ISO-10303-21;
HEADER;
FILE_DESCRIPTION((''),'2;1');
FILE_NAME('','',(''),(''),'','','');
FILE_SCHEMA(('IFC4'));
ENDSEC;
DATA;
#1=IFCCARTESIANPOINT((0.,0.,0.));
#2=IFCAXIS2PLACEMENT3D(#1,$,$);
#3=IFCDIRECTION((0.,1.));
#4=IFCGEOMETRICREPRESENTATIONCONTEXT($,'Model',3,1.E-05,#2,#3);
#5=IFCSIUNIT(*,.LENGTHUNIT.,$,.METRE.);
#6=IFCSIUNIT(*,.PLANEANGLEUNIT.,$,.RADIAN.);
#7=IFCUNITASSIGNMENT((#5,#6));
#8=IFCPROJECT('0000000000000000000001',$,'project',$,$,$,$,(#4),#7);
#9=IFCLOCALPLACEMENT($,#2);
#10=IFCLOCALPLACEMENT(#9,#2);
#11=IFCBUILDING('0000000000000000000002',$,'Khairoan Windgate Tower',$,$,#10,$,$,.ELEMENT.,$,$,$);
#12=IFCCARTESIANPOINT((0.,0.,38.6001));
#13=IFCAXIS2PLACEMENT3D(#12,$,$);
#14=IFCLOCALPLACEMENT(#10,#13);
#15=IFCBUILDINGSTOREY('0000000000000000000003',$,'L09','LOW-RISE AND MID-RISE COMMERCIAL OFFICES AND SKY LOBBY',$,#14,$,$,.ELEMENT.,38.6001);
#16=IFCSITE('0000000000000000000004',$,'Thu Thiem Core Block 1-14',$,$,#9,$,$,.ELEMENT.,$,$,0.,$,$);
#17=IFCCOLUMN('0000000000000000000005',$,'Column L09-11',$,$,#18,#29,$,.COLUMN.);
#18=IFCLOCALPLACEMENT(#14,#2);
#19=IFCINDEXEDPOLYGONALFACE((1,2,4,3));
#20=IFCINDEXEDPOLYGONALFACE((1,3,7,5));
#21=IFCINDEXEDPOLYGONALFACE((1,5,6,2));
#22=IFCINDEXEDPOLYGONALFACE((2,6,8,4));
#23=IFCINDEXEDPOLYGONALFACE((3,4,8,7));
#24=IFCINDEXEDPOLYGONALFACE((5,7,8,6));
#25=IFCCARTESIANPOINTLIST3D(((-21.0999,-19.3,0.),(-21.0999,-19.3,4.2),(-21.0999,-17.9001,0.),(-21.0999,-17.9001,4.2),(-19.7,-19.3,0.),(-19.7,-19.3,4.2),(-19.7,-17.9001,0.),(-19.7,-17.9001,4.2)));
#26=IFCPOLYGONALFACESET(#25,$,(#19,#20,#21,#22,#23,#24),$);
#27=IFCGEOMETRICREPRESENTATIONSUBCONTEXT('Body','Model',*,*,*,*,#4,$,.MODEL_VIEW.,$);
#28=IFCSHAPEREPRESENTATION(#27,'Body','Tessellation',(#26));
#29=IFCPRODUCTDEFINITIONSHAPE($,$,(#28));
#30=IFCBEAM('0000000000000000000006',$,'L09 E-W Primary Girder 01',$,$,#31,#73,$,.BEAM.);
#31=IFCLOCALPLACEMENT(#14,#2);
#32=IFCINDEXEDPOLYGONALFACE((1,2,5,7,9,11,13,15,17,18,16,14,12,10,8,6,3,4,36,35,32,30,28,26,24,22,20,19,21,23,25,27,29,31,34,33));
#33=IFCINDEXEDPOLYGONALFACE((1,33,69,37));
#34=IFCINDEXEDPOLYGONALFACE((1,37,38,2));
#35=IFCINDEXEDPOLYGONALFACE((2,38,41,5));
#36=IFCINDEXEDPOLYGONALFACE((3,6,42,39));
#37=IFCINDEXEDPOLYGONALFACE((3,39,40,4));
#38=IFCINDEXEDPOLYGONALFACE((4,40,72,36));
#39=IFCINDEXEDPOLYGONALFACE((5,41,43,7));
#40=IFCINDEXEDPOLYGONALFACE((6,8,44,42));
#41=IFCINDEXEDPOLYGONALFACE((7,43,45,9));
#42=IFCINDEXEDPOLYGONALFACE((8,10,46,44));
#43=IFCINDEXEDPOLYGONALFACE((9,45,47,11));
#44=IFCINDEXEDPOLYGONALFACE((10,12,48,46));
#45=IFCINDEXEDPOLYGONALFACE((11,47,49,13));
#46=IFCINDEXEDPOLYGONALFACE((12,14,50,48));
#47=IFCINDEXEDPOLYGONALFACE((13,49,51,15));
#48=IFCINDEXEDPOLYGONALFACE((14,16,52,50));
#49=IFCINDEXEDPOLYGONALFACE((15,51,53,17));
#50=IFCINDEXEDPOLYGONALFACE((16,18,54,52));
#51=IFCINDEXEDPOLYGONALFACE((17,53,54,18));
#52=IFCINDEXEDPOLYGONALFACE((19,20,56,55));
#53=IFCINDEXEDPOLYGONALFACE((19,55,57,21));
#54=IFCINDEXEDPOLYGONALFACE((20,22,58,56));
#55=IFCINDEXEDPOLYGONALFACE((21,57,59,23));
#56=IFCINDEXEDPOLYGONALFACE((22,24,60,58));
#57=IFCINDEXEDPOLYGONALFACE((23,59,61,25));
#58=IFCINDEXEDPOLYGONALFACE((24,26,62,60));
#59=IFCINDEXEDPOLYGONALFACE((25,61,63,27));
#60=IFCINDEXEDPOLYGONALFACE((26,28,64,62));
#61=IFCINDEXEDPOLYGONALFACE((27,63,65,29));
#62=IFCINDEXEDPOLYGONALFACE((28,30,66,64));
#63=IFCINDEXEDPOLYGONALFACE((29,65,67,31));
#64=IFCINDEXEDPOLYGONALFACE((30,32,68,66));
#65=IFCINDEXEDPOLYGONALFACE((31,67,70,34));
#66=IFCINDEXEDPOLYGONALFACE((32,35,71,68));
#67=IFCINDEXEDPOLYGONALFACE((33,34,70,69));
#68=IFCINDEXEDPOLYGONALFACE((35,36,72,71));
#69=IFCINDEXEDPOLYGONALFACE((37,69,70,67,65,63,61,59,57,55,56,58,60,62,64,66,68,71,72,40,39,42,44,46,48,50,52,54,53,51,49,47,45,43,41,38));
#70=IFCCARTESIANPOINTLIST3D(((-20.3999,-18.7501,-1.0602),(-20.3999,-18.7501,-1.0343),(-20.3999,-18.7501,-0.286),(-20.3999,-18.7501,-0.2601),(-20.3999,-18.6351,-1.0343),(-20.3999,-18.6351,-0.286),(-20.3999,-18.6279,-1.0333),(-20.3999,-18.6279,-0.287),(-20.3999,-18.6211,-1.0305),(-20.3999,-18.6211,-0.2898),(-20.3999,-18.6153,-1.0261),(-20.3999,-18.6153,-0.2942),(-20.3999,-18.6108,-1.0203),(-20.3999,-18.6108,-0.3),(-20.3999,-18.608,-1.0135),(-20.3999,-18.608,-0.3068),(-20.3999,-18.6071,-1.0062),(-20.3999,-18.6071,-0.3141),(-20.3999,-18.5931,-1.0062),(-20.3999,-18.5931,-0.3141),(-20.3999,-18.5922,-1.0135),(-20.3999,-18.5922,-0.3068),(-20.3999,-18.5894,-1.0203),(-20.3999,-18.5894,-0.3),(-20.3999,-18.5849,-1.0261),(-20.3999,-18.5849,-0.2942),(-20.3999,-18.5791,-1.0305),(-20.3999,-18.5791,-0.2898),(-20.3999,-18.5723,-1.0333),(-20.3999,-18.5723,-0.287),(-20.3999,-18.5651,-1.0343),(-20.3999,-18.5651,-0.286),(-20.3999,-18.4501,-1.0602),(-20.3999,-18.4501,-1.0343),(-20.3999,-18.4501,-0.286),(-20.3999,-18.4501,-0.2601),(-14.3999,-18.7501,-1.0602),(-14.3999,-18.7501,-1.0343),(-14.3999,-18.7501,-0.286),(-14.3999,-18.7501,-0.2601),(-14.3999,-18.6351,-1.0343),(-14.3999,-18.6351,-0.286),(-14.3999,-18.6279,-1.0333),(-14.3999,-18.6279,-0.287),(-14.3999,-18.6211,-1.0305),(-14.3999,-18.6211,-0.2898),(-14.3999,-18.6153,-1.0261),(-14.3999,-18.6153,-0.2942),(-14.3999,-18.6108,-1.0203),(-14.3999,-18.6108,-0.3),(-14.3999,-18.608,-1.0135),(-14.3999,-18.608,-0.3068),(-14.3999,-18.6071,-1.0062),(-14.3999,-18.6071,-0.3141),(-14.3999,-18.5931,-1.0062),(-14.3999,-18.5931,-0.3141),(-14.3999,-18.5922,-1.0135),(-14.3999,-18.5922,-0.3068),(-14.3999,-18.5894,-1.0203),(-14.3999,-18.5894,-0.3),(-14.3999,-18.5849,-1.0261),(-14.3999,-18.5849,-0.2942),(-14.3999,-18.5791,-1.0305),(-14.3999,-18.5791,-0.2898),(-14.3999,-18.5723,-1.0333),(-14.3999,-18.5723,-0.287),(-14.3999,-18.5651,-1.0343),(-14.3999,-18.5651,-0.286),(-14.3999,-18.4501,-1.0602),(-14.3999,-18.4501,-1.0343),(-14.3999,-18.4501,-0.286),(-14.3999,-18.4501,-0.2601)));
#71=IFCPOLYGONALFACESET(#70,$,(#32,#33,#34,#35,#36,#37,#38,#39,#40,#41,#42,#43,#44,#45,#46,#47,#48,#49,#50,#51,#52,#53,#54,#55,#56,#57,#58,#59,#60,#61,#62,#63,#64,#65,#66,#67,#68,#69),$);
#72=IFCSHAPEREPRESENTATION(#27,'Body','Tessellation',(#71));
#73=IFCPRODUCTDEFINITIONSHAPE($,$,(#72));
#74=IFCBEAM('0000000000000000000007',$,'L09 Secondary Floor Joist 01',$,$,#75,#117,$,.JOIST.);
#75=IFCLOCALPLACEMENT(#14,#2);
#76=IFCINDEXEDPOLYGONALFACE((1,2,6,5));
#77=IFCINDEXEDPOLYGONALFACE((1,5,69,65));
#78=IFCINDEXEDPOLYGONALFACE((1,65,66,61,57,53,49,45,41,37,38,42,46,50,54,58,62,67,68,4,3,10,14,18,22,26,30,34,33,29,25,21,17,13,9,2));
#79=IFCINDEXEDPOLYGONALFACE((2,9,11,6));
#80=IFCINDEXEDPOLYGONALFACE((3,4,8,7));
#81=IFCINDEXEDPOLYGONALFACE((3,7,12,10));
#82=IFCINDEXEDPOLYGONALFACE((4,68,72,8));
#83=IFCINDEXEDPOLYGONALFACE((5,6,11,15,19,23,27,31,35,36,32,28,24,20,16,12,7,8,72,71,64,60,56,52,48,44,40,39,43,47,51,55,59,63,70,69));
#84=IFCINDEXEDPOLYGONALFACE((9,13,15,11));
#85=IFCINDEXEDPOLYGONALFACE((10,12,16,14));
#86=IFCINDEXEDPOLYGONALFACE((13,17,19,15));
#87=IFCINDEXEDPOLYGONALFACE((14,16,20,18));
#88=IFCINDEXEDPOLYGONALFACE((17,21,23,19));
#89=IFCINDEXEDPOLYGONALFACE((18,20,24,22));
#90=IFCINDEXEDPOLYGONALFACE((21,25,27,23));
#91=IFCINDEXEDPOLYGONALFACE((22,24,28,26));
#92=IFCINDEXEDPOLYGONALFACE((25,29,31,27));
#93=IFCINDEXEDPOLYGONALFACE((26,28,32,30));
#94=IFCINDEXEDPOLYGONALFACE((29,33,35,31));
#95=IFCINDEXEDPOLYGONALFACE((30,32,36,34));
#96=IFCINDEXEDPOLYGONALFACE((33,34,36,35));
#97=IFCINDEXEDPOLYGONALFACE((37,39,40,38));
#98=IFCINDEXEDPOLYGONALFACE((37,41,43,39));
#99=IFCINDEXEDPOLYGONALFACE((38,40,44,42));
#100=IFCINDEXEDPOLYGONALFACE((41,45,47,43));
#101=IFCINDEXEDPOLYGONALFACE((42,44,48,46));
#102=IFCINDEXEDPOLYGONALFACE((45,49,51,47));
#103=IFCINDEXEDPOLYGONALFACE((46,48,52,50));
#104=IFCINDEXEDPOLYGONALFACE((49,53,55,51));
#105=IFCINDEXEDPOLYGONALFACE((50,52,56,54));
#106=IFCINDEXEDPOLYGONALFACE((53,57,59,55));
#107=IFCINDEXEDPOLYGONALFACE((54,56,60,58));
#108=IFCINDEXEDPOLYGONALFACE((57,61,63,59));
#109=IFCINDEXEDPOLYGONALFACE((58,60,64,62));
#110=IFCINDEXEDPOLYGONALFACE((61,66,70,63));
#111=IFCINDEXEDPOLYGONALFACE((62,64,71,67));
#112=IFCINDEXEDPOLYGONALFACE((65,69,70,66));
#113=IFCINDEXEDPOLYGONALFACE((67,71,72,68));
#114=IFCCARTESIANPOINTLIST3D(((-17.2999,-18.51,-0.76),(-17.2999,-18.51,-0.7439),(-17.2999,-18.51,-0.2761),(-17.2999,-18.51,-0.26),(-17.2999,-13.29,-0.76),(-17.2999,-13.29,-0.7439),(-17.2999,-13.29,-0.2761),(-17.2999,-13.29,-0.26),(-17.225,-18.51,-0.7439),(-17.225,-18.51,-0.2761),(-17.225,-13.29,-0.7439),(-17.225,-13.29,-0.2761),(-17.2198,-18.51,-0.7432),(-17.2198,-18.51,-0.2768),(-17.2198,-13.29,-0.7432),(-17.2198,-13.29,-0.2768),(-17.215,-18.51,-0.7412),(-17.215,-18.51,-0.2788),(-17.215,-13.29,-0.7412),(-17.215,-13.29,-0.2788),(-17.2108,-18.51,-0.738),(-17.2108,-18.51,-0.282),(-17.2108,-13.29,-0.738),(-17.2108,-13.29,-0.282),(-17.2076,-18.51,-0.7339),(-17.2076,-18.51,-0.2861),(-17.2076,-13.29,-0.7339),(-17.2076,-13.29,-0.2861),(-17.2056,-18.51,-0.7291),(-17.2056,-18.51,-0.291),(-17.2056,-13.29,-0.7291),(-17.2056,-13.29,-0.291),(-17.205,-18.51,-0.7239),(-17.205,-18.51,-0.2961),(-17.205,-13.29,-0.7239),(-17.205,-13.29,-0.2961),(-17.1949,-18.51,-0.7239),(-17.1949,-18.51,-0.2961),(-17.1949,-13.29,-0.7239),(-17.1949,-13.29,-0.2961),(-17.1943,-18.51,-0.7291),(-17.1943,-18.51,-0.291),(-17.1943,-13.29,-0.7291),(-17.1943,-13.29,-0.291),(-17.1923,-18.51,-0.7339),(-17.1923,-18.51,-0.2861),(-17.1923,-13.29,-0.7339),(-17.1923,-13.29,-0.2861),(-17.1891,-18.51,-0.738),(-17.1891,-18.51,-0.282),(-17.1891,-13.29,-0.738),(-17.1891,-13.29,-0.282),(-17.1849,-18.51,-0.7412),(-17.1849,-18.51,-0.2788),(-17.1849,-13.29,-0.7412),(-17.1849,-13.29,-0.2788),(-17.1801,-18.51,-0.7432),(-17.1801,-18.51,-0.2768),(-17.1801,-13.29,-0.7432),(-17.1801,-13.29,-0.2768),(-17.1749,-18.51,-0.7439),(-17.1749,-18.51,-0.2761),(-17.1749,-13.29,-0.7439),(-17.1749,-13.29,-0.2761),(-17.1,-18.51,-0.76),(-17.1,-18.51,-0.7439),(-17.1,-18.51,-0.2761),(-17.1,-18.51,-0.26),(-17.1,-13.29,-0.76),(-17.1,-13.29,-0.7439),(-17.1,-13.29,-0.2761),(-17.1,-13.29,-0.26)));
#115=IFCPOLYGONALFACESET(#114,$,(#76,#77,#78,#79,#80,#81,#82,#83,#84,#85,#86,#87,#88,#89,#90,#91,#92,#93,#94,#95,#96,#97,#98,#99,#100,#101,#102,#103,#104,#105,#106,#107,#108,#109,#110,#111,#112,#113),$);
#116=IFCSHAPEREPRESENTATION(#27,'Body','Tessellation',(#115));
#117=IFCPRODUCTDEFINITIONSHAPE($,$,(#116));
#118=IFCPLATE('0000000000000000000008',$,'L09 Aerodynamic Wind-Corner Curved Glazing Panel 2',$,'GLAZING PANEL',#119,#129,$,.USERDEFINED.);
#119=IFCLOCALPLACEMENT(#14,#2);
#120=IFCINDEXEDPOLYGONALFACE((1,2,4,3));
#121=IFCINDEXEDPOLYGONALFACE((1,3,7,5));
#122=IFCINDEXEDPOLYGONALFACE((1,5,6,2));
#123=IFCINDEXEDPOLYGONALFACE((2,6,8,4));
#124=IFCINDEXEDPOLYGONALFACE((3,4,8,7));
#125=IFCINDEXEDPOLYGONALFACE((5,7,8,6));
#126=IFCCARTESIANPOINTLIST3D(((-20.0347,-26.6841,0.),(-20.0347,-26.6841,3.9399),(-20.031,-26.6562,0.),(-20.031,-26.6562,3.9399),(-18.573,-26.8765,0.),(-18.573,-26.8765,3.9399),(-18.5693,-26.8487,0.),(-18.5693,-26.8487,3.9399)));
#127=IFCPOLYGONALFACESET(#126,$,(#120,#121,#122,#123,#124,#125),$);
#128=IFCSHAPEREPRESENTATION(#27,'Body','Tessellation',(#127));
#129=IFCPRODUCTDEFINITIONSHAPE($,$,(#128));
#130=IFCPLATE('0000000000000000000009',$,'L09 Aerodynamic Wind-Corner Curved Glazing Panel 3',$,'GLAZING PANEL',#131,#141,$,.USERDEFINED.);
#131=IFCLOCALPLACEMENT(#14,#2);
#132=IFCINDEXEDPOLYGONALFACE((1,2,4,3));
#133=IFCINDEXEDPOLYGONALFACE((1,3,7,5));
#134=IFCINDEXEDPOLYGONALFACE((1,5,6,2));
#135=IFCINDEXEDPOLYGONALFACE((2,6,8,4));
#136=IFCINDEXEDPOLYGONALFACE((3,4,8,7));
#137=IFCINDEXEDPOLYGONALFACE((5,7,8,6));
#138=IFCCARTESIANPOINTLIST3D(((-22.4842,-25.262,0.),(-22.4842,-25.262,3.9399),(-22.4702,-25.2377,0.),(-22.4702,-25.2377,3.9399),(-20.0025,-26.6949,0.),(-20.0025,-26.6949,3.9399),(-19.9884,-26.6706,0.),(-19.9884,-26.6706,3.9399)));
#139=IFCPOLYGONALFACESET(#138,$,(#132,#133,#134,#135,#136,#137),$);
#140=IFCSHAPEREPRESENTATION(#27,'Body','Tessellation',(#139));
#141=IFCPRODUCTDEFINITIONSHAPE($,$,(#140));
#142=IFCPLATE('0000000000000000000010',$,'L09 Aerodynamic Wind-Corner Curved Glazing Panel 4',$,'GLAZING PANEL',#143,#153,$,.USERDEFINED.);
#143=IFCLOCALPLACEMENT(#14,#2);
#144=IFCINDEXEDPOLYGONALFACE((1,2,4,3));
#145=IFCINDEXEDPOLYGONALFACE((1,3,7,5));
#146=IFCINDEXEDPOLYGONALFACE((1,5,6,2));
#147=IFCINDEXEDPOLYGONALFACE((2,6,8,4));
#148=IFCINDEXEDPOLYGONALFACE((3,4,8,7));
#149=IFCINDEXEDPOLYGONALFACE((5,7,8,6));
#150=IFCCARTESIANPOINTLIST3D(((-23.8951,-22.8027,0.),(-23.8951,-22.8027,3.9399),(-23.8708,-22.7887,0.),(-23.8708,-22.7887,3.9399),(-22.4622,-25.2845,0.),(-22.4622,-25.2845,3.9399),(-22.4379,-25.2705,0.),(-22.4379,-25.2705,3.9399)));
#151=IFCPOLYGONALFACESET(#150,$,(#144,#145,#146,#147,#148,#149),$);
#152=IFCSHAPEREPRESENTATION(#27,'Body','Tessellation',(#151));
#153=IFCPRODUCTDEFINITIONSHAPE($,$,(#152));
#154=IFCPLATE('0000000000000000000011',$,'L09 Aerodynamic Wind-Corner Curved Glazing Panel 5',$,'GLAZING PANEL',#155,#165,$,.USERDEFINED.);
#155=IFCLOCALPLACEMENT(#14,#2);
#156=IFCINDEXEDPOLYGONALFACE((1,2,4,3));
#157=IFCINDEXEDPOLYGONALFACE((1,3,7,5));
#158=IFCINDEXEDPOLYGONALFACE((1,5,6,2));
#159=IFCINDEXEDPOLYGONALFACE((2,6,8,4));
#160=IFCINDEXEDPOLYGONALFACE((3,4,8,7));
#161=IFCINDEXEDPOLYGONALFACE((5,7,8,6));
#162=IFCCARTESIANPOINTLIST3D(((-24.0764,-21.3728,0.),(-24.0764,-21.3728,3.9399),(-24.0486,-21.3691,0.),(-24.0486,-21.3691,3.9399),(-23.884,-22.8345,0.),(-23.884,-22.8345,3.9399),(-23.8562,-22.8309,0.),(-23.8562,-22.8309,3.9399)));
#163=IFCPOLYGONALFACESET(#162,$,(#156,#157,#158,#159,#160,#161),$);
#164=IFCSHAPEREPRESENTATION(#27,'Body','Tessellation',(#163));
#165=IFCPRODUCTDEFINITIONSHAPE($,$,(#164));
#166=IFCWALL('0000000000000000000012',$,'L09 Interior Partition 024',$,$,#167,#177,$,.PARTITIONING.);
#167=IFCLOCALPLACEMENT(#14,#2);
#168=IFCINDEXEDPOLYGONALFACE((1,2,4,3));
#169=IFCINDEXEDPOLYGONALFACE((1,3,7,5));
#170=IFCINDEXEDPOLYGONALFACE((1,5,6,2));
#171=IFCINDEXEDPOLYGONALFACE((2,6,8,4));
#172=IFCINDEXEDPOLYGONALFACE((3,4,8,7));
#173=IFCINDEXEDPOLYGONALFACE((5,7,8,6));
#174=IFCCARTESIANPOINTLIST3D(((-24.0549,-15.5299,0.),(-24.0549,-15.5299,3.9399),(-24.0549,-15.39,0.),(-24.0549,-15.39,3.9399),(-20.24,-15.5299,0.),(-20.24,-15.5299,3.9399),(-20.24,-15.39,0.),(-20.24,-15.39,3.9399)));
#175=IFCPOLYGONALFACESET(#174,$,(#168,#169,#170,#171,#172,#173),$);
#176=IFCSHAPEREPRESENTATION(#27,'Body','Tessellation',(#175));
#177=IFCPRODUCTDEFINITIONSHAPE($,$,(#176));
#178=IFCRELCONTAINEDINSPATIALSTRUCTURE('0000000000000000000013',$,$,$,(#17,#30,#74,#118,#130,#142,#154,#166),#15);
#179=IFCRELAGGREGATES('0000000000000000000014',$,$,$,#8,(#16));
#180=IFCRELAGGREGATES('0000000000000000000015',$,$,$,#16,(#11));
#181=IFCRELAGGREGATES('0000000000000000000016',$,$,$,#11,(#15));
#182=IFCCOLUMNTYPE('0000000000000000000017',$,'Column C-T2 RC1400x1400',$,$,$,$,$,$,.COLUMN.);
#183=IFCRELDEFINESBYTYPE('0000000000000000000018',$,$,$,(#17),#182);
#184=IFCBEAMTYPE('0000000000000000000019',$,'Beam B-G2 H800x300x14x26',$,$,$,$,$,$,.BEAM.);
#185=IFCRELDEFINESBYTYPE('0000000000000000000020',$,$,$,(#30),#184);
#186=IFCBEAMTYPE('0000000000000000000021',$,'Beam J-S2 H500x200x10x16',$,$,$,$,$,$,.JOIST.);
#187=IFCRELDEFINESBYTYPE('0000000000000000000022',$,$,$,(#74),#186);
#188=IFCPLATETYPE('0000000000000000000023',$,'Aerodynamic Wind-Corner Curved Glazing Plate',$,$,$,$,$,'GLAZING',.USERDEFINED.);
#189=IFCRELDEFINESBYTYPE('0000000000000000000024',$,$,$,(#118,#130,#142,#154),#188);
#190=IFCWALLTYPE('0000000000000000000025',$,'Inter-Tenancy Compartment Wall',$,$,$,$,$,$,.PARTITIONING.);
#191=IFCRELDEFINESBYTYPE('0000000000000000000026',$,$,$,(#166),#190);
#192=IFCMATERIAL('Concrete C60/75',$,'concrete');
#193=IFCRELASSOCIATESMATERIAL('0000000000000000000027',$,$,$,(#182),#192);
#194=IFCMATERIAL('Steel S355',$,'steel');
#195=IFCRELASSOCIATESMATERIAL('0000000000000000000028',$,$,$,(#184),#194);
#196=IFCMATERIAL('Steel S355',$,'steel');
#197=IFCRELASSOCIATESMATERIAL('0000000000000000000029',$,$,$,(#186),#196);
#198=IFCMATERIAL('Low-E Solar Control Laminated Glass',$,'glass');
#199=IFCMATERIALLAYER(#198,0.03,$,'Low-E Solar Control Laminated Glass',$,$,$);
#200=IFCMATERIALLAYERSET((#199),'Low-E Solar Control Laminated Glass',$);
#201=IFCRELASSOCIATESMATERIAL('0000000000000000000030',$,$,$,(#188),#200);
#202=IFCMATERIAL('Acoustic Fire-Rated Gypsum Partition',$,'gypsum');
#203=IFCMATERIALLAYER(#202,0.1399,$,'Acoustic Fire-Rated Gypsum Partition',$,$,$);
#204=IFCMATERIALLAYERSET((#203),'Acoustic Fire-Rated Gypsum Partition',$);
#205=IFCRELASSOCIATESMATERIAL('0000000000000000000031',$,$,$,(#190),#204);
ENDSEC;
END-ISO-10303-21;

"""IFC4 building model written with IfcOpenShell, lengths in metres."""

from ifc_helpers import new_model, si_unit, direction, frame, frame_2d, origin, origin_2d, place, context, subcontext, project, spatial, rectangle, i_section, extrude, material, layer, layer_set, material_profile, profile_set, type_object, element, save


model = new_model("IFC4")

# Units and contexts
model_context = context("Model", 3, precision=1e-05, world=origin(), true_north=direction((0.0, 1.0)))
body_context = subcontext(model_context, "Body", "Model", "MODEL_VIEW")
ifc_project = project(units=[si_unit("LENGTHUNIT", "METRE"), si_unit("PLANEANGLEUNIT", "RADIAN")], contexts=[model_context])

# Site, building, storey
site_placement = place(None, origin())
site = spatial("IfcSite", under=ifc_project, at=site_placement, Name="Thu Thiem Core Block 1-14", CompositionType="ELEMENT", RefElevation=0.0)
building_placement = place(site_placement, origin())
building = spatial("IfcBuilding", under=site, at=building_placement, Name="Khairoan Windgate Tower", CompositionType="ELEMENT")
storey_placement = place(building_placement, frame((0.0, 0.0, 38.6001)))
storey = spatial("IfcBuildingStorey", under=building, at=storey_placement, Name="L09", Description="LOW-RISE AND MID-RISE COMMERCIAL OFFICES AND SKY LOBBY", CompositionType="ELEMENT", Elevation=38.6001)

# Column
ifc_material_1 = material(Name="Concrete C60/75", Category="concrete")
ifc_material_profile_1 = material_profile(ifc_material_1, rectangle(XDim=1.3999, YDim=1.3999, at=origin_2d()))
ifc_profile_set_1 = profile_set([ifc_material_profile_1], Name="Concrete C60/75")
column_type = type_object("IfcColumnType", Name="Column C-T2 RC1400x1400", PredefinedType="COLUMN", material=ifc_profile_set_1)
column_placement = place(storey_placement, frame((-20.3999, -18.6001, 0.0), z_axis=(0.0, 0.0, 1.0), x_axis=(1.0, 0.0, 0.0)))
element("IfcColumn", 1, at=column_placement, inside=storey, type_object=column_type, Name="Column L09-11", PredefinedType="COLUMN", context=body_context, shape_type="SweptSolid", body=[
    extrude(rectangle(XDim=1.3999, YDim=1.3999, at=origin_2d()), origin(), (0.0, 0.0, 1.0), 4.2),
])

# Beams
ifc_material_2 = material(Name="Steel S355", Category="steel")
ifc_material_profile_2 = material_profile(ifc_material_2, i_section(OverallWidth=0.3, OverallDepth=0.8, WebThickness=0.0139, FlangeThickness=0.0259, FilletRadius=0.0281, at=origin_2d()))
ifc_profile_set_2 = profile_set([ifc_material_profile_2], Name="Steel S355")
beam_type_1 = type_object("IfcBeamType", Name="Beam B-G2 H800x300x14x26", PredefinedType="BEAM", material=ifc_profile_set_2)
beam_1_placement = place(storey_placement, frame((-20.3999, -18.6001, -0.6602), z_axis=(1.0, 0.0, 0.0), x_axis=(0.0, 1.0, 0.0)))
element("IfcBeam", 2, at=beam_1_placement, inside=storey, type_object=beam_type_1, Name="L09 E-W Primary Girder 01", PredefinedType="BEAM", context=body_context, shape_type="SweptSolid", body=[
    extrude(i_section(OverallWidth=0.3, OverallDepth=0.8, WebThickness=0.0139, FlangeThickness=0.0259, FilletRadius=0.0281, at=origin_2d()), origin(), (0.0, 0.0, 1.0), 6.0),
])
ifc_material_3 = material(Name="Steel S355", Category="steel")
ifc_material_profile_3 = material_profile(ifc_material_3, i_section(OverallWidth=0.2, OverallDepth=0.5, WebThickness=0.01, FlangeThickness=0.0161, FilletRadius=0.02, at=origin_2d()))
ifc_profile_set_3 = profile_set([ifc_material_profile_3], Name="Steel S355")
beam_type_2 = type_object("IfcBeamType", Name="Beam J-S2 H500x200x10x16", PredefinedType="JOIST", material=ifc_profile_set_3)
beam_2_placement = place(storey_placement, frame((-17.2, -18.51, -0.51), z_axis=(0.0, 1.0, 0.0), x_axis=(-1.0, 0.0, 0.0)))
element("IfcBeam", 3, at=beam_2_placement, inside=storey, type_object=beam_type_2, Name="L09 Secondary Floor Joist 01", PredefinedType="JOIST", context=body_context, shape_type="SweptSolid", body=[
    extrude(i_section(OverallWidth=0.2, OverallDepth=0.5, WebThickness=0.01, FlangeThickness=0.0161, FilletRadius=0.02, at=origin_2d()), origin(), (0.0, 0.0, 1.0), 5.22),
])

# Plates
ifc_material_4 = material(Name="Low-E Solar Control Laminated Glass", Category="glass")
ifc_layer_1 = layer(ifc_material_4, 0.03, Name="Low-E Solar Control Laminated Glass")
ifc_layer_set_1 = layer_set([ifc_layer_1], Name="Low-E Solar Control Laminated Glass")
plate_type_1 = type_object("IfcPlateType", Name="Aerodynamic Wind-Corner Curved Glazing Plate", ElementType="GLAZING", PredefinedType="USERDEFINED", material=ifc_layer_set_1)
plate_1_placement = place(storey_placement, frame((-19.302, -26.7664, 0.0), z_axis=(0.0, 0.0, 1.0), x_axis=(-0.991445, 0.130526, 0.0)))
element("IfcPlate", 4, at=plate_1_placement, inside=storey, type_object=plate_type_1, Name="L09 Aerodynamic Wind-Corner Curved Glazing Panel 2", ObjectType="GLAZING PANEL", PredefinedType="USERDEFINED", context=body_context, shape_type="SweptSolid", body=[
    extrude(rectangle(XDim=1.4744, YDim=0.0281, at=origin_2d()), origin(), (0.0, 0.0, 1.0), 3.9399),
])
for number, where, z_axis, x_axis, name in (
    (5, (-21.2363, -25.9663, 0.0), (0.0, 0.0, 1.0), (-0.866025, 0.5, 0.0), "L09 Aerodynamic Wind-Corner Curved Glazing Panel 3"),
    (6, (-23.1665, -24.0366, 0.0), (0.0, 0.0, 1.0), (-0.5, 0.866025, 0.0), "L09 Aerodynamic Wind-Corner Curved Glazing Panel 4"),
):
    element("IfcPlate", number, at=place(storey_placement, frame(where, z_axis=z_axis, x_axis=x_axis)), inside=storey, type_object=plate_type_1, Name=name, ObjectType="GLAZING PANEL", PredefinedType="USERDEFINED", context=body_context, shape_type="SweptSolid", body=[
        extrude(rectangle(XDim=2.8657, YDim=0.0281, at=origin_2d()), origin(), (0.0, 0.0, 1.0), 3.9399),
    ])
plate_2_placement = place(storey_placement, frame((-23.9663, -22.1018, 0.0), z_axis=(0.0, 0.0, 1.0), x_axis=(-0.130526, 0.991445, 0.0)))
element("IfcPlate", 7, at=plate_2_placement, inside=storey, type_object=plate_type_1, Name="L09 Aerodynamic Wind-Corner Curved Glazing Panel 5", ObjectType="GLAZING PANEL", PredefinedType="USERDEFINED", context=body_context, shape_type="SweptSolid", body=[
    extrude(rectangle(XDim=1.4744, YDim=0.0281, at=origin_2d()), origin(), (0.0, 0.0, 1.0), 3.9399),
])

# Wall
ifc_material_5 = material(Name="Acoustic Fire-Rated Gypsum Partition", Category="gypsum")
ifc_layer_2 = layer(ifc_material_5, 0.1399, Name="Acoustic Fire-Rated Gypsum Partition")
ifc_layer_set_2 = layer_set([ifc_layer_2], Name="Acoustic Fire-Rated Gypsum Partition")
wall_type = type_object("IfcWallType", Name="Inter-Tenancy Compartment Wall", PredefinedType="PARTITIONING", material=ifc_layer_set_2)
wall_placement = place(storey_placement, frame((-24.0549, -15.46, 0.0), z_axis=(0.0, 0.0, 1.0), x_axis=(1.0, 0.0, 0.0)))
element("IfcWall", 8, at=wall_placement, inside=storey, type_object=wall_type, Name="L09 Interior Partition 024", PredefinedType="PARTITIONING", context=body_context, shape_type="SweptSolid", body=[
    extrude(rectangle(XDim=3.8149, YDim=0.1399, at=frame_2d((1.9075, 0.0))), origin(), (0.0, 0.0, 1.0), 3.9399),
])

save(model, "model.ifc")
